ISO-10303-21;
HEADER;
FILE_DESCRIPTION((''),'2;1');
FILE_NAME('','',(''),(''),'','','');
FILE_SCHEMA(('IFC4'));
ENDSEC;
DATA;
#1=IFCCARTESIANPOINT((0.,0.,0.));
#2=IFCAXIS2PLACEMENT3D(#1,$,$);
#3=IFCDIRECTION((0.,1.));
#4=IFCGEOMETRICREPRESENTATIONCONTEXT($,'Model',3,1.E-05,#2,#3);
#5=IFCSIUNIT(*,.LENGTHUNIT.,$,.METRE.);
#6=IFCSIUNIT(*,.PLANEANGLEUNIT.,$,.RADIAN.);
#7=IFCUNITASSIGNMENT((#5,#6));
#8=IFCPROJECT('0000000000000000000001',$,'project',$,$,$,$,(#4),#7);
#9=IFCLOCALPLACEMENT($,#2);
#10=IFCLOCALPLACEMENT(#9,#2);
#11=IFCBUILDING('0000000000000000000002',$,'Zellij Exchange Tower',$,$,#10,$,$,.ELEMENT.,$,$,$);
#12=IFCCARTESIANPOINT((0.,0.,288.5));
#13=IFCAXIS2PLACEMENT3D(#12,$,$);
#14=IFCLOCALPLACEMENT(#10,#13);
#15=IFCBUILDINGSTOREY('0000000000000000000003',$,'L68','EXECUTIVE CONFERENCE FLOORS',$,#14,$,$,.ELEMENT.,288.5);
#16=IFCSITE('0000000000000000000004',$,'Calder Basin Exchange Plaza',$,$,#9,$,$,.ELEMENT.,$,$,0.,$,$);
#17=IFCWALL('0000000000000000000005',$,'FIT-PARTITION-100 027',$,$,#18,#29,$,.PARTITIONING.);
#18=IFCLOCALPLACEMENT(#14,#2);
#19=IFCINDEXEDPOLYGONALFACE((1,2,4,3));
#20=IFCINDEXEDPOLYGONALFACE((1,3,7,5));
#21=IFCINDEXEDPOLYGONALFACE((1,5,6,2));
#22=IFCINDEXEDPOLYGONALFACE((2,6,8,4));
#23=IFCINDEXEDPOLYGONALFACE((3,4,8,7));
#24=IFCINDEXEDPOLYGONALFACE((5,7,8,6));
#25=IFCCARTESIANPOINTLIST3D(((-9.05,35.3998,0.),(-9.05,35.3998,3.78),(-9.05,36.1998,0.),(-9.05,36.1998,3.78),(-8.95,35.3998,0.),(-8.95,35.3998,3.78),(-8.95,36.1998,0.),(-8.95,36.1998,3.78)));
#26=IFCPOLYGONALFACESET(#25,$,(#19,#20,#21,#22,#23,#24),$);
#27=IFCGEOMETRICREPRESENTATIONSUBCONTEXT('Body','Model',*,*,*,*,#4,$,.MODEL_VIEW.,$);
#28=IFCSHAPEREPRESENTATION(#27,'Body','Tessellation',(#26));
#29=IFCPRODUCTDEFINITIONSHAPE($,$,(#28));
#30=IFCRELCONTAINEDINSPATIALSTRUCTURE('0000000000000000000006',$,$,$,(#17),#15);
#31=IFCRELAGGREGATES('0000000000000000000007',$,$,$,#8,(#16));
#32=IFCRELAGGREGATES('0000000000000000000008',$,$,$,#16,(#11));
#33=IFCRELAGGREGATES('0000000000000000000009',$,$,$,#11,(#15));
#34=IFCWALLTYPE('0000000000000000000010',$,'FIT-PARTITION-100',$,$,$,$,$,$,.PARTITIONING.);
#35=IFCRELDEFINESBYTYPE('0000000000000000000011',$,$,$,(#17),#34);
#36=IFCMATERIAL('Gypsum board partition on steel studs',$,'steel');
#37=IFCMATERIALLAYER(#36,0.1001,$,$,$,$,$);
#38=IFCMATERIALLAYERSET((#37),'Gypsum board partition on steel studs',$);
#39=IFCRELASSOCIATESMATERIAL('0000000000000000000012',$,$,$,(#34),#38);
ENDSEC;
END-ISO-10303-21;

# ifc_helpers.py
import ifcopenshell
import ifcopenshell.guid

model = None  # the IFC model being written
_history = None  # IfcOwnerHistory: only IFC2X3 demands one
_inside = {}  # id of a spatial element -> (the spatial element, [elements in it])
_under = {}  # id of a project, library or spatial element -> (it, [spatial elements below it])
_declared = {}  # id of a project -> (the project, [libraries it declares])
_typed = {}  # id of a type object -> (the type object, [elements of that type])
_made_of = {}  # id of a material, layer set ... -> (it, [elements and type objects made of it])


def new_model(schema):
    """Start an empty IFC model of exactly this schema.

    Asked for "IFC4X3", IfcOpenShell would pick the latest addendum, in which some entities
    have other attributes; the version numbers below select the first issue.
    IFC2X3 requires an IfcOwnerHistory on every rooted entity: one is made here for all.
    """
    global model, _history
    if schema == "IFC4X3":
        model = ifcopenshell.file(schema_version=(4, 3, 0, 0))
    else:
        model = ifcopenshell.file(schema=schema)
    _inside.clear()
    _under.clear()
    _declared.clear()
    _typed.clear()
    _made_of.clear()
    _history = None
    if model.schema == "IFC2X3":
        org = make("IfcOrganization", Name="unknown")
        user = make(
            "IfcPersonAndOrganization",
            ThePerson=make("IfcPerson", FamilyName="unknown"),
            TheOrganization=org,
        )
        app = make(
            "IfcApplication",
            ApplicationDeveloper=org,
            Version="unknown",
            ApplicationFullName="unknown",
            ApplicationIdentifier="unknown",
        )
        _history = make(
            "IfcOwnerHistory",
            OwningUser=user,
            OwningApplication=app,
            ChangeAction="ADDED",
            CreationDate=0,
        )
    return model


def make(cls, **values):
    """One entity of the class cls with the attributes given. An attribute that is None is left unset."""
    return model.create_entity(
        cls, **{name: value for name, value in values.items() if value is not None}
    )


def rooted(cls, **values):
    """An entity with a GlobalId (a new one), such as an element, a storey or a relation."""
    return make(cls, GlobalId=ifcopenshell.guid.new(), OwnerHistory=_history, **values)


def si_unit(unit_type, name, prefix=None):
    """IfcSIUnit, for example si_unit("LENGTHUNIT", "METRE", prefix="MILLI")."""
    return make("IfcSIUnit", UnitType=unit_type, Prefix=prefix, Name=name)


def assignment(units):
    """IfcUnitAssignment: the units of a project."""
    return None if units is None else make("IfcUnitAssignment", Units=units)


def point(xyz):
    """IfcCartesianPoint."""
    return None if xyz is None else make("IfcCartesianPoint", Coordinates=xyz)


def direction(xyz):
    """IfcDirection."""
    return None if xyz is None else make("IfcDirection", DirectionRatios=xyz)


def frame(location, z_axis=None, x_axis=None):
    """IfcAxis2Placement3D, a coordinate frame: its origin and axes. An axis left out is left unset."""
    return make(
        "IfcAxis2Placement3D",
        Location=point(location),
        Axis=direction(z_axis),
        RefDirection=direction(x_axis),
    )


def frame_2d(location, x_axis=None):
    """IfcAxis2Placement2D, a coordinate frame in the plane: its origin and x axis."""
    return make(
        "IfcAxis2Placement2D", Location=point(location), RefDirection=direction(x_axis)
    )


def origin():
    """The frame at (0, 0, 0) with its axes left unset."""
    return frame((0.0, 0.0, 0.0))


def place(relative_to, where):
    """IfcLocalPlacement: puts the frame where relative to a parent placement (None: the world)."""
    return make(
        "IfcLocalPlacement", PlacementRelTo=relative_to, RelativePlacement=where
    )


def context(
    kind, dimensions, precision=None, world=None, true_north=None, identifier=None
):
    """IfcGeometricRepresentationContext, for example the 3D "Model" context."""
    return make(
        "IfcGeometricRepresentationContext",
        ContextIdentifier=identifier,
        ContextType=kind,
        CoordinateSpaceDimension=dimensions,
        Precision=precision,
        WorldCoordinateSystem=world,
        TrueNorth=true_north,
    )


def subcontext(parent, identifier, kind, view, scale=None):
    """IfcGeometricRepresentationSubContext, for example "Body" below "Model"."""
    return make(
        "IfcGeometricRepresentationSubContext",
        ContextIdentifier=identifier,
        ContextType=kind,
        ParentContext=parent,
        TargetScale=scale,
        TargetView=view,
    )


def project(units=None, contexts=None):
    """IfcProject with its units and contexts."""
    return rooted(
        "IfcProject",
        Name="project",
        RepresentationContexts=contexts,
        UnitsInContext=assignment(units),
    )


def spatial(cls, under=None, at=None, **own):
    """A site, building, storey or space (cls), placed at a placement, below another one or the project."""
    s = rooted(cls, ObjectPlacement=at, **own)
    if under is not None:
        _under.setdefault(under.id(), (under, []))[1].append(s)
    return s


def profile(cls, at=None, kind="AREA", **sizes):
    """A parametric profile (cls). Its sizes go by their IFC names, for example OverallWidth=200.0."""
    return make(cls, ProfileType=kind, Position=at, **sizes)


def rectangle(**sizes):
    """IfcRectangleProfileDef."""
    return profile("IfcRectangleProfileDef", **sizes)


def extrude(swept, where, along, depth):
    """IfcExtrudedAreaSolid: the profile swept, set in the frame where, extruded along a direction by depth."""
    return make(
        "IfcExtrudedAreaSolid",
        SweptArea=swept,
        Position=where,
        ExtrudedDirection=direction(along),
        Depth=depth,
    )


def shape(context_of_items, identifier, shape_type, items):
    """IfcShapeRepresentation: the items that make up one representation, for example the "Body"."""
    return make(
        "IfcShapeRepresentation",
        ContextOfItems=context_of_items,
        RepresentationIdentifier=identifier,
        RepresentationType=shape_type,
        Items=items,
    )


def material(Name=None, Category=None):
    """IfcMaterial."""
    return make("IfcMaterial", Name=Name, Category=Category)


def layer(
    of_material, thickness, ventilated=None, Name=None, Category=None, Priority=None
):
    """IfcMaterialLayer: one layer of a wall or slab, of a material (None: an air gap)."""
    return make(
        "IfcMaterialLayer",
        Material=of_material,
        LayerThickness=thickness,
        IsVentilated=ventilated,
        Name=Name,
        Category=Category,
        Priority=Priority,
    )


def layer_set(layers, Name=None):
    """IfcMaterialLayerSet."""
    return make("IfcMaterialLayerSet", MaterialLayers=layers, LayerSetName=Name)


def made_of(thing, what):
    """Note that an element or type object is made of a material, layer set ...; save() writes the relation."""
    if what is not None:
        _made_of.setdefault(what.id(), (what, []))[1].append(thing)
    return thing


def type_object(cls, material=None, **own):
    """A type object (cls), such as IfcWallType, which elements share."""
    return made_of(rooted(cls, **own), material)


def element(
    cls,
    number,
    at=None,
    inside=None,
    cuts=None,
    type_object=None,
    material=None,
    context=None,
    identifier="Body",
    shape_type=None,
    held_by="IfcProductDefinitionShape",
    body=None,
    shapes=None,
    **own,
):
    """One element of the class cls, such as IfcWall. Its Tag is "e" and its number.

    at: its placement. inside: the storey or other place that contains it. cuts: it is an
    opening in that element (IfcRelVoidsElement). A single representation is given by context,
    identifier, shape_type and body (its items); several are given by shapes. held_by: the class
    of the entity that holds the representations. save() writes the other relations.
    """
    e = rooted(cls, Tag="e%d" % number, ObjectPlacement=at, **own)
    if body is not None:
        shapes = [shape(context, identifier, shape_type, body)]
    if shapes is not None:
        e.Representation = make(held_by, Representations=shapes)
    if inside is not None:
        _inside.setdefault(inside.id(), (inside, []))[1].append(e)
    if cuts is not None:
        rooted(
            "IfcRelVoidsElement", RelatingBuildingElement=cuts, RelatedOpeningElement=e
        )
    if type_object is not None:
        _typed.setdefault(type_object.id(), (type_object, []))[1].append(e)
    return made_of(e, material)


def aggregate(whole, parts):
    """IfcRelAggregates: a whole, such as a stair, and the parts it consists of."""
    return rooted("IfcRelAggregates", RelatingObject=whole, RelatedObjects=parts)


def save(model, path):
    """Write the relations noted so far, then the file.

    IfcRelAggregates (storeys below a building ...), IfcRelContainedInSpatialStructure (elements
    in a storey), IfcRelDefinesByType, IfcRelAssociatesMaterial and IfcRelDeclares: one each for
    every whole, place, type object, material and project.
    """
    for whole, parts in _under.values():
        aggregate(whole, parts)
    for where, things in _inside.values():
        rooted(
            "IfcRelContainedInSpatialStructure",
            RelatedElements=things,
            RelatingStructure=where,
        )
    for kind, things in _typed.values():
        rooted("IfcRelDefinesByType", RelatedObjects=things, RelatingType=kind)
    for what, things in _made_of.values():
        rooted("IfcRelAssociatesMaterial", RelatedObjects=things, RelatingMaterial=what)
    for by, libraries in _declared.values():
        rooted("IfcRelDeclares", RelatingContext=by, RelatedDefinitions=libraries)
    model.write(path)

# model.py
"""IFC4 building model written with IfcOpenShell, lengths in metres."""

from ifc_helpers import new_model, si_unit, direction, frame, frame_2d, origin, place, context, subcontext, project, spatial, rectangle, extrude, material, layer, layer_set, type_object, element, save


model = new_model("IFC4")

# Units and contexts
model_context = context("Model", 3, precision=1e-05, world=origin(), true_north=direction((0.0, 1.0)))
body_context = subcontext(model_context, "Body", "Model", "MODEL_VIEW")
ifc_project = project(units=[si_unit("LENGTHUNIT", "METRE"), si_unit("PLANEANGLEUNIT", "RADIAN")], contexts=[model_context])

# Site, building, storey
site_placement = place(None, origin())
site = spatial("IfcSite", under=ifc_project, at=site_placement, Name="Calder Basin Exchange Plaza", CompositionType="ELEMENT", RefElevation=0.0)
building_placement = place(site_placement, origin())
building = spatial("IfcBuilding", under=site, at=building_placement, Name="Zellij Exchange Tower", CompositionType="ELEMENT")
storey_placement = place(building_placement, frame((0.0, 0.0, 288.5)))
storey = spatial("IfcBuildingStorey", under=building, at=storey_placement, Name="L68", Description="EXECUTIVE CONFERENCE FLOORS", CompositionType="ELEMENT", Elevation=288.5)

# Wall
ifc_material_1 = material(Name="Gypsum board partition on steel studs", Category="steel")
ifc_layer = layer(ifc_material_1, 0.1001)
ifc_layer_set = layer_set([ifc_layer], Name="Gypsum board partition on steel studs")
wall_type = type_object("IfcWallType", Name="FIT-PARTITION-100", PredefinedType="PARTITIONING", material=ifc_layer_set)
wall_1_placement = place(storey_placement, frame((-9.0, 35.3999, 0.0), z_axis=(0.0, 0.0, 1.0), x_axis=(0.0, 1.0, 0.0)))
element("IfcWall", 1, at=wall_1_placement, inside=storey, type_object=wall_type, Name="FIT-PARTITION-100 027", PredefinedType="PARTITIONING", context=body_context, shape_type="SweptSolid", body=[
    extrude(rectangle(XDim=0.8, YDim=0.1001, at=frame_2d((0.3999, 0.0))), origin(), (0.0, 0.0, 1.0), 3.78),
])

save(model, "model.ifc")
